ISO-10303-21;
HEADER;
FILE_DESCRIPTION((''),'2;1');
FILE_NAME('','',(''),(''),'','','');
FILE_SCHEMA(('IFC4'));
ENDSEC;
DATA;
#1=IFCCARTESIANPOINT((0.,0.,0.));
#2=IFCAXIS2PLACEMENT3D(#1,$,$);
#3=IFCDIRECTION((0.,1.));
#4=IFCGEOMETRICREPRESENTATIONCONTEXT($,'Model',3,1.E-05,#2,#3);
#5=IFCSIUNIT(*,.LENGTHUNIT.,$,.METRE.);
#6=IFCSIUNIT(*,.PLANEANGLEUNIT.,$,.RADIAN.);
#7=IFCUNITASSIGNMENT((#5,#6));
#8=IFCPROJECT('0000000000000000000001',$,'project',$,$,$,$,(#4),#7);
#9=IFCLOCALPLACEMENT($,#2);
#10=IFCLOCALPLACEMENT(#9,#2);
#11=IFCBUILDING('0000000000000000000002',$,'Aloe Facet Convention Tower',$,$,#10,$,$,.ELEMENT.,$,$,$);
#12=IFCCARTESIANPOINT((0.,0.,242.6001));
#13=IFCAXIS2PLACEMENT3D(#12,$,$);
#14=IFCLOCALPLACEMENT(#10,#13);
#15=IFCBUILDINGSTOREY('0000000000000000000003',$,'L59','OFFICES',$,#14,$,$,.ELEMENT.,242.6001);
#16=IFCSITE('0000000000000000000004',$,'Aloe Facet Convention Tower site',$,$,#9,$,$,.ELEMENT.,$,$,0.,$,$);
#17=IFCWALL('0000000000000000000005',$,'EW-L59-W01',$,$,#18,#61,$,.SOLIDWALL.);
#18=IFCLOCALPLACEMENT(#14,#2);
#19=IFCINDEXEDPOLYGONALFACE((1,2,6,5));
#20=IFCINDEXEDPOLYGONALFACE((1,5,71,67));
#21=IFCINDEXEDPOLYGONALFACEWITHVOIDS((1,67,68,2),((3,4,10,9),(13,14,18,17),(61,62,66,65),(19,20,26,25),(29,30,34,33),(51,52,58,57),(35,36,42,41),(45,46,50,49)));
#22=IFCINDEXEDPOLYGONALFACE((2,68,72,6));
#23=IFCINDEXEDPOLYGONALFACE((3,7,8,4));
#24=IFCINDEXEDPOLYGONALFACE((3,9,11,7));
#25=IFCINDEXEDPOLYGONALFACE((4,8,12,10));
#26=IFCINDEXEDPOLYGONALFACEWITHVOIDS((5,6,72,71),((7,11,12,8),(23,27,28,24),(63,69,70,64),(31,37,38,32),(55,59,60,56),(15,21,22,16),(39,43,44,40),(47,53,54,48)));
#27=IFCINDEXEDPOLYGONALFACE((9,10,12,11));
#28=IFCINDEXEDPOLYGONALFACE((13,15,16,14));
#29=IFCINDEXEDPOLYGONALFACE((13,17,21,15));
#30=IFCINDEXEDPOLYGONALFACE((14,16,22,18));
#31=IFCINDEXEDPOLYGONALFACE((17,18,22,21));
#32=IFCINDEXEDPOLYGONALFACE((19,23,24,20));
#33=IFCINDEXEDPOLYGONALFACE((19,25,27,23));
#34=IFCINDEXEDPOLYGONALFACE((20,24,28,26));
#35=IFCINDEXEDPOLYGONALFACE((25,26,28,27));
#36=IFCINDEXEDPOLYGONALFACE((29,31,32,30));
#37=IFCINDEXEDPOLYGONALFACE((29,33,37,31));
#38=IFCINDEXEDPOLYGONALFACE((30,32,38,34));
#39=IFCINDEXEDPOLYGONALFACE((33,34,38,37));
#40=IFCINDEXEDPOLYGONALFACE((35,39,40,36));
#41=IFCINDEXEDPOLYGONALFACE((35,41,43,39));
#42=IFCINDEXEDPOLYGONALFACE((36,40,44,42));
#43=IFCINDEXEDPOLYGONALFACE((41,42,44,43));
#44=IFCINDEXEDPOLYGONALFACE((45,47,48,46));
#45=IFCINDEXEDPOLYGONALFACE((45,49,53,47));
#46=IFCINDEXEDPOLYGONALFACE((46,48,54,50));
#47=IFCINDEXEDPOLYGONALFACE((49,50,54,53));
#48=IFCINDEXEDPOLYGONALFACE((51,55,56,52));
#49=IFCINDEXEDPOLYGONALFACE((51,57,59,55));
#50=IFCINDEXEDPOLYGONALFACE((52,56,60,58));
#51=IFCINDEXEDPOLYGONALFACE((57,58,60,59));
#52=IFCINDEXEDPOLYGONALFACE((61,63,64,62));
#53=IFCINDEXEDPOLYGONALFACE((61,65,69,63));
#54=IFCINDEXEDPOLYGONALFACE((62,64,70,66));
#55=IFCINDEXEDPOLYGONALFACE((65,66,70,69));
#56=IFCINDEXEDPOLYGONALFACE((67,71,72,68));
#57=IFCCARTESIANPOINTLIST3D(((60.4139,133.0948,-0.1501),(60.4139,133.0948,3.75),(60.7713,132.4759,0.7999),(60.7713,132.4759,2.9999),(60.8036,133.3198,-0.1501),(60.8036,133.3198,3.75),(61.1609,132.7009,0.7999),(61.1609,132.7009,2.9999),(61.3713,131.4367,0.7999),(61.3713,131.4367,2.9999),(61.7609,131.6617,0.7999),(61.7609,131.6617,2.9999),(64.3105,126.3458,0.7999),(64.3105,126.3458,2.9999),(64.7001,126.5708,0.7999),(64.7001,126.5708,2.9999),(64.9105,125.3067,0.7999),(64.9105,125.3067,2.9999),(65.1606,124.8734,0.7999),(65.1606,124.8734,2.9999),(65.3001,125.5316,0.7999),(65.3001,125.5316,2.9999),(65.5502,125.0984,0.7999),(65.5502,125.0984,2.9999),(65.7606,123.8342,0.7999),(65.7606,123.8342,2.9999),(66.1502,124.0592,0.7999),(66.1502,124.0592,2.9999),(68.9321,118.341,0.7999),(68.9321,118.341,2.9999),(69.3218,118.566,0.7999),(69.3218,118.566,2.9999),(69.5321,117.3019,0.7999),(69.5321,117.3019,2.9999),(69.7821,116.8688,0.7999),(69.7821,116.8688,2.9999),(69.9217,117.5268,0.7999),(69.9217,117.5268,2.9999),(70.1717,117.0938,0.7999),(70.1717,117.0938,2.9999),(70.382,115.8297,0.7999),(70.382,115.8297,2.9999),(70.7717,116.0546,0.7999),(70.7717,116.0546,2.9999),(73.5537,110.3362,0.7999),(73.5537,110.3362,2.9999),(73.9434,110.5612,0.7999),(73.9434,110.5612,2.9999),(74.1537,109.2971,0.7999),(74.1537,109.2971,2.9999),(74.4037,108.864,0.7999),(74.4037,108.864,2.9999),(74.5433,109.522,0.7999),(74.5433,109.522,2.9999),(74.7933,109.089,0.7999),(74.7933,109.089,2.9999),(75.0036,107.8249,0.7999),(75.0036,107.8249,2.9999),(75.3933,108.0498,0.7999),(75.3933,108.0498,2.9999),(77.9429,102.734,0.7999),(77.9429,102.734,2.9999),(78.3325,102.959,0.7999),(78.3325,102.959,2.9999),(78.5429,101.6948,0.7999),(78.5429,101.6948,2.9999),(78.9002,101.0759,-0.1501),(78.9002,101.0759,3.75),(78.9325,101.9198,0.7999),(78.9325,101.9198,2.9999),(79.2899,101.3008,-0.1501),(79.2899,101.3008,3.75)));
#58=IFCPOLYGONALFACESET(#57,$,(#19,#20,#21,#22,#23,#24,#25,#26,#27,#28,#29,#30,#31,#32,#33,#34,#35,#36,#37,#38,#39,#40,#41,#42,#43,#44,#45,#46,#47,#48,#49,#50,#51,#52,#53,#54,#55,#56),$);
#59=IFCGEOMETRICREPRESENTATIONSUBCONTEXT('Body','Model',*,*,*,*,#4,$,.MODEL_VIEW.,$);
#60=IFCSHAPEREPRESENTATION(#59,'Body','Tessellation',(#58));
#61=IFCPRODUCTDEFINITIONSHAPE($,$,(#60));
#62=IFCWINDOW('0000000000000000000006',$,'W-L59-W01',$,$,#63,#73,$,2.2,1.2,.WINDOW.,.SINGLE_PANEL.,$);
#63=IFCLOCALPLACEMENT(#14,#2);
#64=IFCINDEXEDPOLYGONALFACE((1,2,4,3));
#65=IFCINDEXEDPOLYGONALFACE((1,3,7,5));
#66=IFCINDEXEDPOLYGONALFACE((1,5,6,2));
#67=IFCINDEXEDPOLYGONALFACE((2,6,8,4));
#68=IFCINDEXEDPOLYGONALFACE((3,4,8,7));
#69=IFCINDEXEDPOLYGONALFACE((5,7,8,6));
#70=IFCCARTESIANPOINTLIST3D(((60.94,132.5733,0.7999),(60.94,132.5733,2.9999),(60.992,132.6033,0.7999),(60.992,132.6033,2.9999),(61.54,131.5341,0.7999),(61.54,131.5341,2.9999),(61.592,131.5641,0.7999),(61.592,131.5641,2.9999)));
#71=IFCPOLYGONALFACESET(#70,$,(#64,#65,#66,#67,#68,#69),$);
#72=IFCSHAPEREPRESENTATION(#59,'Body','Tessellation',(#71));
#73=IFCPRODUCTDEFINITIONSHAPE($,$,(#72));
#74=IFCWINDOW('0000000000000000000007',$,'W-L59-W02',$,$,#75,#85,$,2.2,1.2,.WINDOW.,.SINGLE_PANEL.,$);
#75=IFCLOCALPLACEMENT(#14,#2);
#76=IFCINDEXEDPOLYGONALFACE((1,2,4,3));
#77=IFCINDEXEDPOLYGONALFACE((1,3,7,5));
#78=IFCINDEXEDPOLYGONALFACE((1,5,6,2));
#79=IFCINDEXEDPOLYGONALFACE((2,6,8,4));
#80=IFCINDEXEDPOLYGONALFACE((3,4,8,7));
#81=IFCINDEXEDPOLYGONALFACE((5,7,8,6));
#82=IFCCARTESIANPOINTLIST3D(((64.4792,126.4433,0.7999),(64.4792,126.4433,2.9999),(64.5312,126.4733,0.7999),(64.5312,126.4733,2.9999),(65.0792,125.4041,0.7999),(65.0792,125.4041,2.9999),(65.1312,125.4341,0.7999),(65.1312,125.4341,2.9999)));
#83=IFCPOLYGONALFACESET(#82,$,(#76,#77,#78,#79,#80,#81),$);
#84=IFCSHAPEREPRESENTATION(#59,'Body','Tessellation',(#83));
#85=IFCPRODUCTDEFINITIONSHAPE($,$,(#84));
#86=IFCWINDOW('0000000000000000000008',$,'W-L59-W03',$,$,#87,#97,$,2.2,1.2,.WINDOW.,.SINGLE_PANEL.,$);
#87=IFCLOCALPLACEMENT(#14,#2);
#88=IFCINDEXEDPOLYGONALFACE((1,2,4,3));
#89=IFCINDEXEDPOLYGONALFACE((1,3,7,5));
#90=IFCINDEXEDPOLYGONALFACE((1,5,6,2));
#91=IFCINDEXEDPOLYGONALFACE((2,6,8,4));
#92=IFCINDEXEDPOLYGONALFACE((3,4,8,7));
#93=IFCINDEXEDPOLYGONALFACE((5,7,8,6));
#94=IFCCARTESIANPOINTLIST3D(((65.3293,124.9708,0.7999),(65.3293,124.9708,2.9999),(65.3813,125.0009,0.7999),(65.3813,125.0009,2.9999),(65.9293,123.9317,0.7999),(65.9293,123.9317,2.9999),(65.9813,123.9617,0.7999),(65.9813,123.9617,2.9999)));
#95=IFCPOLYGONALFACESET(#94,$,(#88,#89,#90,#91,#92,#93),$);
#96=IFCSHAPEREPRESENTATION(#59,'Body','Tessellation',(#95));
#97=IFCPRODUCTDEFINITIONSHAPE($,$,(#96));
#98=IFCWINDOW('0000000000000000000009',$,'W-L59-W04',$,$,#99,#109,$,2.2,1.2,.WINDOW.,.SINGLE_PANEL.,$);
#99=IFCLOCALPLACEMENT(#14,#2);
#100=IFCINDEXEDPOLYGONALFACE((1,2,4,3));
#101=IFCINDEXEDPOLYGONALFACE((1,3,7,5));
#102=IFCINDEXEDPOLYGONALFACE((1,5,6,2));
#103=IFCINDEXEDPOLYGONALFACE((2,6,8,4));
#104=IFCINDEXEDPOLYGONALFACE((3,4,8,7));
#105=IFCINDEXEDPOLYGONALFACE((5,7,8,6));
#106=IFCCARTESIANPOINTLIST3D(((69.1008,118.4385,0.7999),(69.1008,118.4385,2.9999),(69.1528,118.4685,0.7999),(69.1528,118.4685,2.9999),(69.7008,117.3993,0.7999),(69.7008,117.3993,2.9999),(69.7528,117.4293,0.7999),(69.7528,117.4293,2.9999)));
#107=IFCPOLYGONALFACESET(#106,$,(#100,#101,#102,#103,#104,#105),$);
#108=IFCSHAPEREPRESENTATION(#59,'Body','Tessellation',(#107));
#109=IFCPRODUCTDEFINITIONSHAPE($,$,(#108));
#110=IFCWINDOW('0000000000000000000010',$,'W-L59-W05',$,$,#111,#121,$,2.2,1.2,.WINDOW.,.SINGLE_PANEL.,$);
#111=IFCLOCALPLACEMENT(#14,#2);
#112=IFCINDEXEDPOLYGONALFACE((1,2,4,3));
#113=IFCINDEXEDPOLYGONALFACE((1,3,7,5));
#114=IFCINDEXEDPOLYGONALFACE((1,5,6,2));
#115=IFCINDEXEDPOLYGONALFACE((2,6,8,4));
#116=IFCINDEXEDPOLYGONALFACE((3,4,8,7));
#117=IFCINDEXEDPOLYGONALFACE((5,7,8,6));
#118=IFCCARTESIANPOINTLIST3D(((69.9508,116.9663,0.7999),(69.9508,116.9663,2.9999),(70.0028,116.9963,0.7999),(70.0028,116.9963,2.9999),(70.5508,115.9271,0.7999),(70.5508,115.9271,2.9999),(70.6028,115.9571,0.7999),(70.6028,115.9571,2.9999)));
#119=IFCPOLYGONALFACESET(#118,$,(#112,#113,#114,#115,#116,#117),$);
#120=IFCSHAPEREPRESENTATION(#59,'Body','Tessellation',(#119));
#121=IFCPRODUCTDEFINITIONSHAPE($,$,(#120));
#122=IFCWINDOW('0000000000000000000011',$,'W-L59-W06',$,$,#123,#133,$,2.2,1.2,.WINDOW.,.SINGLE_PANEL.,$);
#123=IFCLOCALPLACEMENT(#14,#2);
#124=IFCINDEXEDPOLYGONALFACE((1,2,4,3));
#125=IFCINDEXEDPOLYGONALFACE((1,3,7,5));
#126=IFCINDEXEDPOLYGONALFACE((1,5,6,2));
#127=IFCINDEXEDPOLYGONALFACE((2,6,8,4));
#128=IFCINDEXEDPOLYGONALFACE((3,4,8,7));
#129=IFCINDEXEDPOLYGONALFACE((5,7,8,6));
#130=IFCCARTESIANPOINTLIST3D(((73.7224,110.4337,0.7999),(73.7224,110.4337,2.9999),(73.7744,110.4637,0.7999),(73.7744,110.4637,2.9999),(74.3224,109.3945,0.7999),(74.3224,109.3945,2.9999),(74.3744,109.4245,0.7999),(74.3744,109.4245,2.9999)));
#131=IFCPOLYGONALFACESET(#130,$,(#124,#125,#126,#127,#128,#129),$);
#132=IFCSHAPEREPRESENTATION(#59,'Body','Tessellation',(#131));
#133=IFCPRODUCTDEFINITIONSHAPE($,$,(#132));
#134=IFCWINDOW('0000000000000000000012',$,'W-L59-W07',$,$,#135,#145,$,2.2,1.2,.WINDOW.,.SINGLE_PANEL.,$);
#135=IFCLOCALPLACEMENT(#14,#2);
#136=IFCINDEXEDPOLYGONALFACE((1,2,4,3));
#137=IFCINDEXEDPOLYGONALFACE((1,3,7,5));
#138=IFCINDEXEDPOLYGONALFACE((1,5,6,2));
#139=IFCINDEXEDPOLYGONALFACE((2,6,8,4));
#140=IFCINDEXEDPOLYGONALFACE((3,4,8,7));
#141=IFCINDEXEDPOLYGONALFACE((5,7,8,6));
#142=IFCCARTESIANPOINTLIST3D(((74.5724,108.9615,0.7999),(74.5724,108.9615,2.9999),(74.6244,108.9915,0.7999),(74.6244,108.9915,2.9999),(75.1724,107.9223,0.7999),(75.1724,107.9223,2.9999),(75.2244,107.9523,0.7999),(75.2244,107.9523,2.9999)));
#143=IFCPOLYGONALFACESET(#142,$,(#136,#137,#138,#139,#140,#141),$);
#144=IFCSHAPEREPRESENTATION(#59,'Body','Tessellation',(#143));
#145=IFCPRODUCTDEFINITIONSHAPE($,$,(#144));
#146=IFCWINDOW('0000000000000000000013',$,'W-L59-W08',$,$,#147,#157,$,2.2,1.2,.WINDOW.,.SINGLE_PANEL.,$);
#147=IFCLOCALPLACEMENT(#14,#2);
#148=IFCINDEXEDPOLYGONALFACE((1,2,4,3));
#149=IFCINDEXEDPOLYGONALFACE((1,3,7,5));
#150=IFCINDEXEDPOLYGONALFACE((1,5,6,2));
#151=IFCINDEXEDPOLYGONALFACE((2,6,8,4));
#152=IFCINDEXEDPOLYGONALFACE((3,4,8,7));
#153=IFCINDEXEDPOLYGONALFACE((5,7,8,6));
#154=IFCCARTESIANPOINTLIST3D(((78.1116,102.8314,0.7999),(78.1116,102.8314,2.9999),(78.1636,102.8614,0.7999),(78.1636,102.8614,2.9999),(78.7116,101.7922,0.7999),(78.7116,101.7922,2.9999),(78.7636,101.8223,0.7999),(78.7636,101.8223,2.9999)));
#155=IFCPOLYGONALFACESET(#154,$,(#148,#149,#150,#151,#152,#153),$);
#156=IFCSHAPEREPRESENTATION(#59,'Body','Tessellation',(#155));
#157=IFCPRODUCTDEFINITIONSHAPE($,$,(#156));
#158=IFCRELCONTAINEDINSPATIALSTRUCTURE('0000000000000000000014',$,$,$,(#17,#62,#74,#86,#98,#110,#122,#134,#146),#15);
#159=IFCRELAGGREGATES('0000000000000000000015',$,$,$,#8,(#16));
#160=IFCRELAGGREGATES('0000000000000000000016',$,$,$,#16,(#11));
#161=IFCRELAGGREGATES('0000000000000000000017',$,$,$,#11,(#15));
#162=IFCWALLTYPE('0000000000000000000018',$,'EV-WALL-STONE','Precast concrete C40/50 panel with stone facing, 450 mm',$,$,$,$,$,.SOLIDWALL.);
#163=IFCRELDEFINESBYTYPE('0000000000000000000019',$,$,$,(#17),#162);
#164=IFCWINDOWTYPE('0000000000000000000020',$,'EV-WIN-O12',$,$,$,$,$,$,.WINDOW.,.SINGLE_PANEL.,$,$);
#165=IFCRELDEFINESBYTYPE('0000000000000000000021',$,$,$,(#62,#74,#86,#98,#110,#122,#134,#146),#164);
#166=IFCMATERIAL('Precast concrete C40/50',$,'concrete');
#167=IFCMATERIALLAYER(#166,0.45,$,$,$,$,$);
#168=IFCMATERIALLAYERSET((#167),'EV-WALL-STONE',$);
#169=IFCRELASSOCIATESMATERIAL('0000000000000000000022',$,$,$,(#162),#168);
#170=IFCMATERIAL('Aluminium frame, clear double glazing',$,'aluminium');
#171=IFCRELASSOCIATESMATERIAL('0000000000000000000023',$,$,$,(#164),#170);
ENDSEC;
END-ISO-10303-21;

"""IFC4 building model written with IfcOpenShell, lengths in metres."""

from ifc_helpers import new_model, si_unit, direction, frame, frame_2d, origin, place, context, subcontext, project, spatial, polyline, rectangle, outline, extrude, material, layer, layer_set, type_object, element, fill, save


model = new_model("IFC4")

# Units and contexts
model_context = context("Model", 3, precision=1e-05, world=origin(), true_north=direction((0.0, 1.0)))
body_context = subcontext(model_context, "Body", "Model", "MODEL_VIEW")
ifc_project = project(units=[si_unit("LENGTHUNIT", "METRE"), si_unit("PLANEANGLEUNIT", "RADIAN")], contexts=[model_context])

# Site, building, storey
site_placement = place(None, origin())
site = spatial("IfcSite", under=ifc_project, at=site_placement, Name="Aloe Facet Convention Tower site", CompositionType="ELEMENT", RefElevation=0.0)
building_placement = place(site_placement, origin())
building = spatial("IfcBuilding", under=site, at=building_placement, Name="Aloe Facet Convention Tower", CompositionType="ELEMENT")
storey_placement = place(building_placement, frame((0.0, 0.0, 242.6001)))
storey = spatial("IfcBuildingStorey", under=building, at=storey_placement, Name="L59", Description="OFFICES", CompositionType="ELEMENT", Elevation=242.6001)

# Wall, openings, windows
ifc_material_1 = material(Name="Precast concrete C40/50", Category="concrete")
ifc_layer_1 = layer(ifc_material_1, 0.45)
ifc_layer_set_1 = layer_set([ifc_layer_1], Name="EV-WALL-STONE")
wall_type_1 = type_object("IfcWallType", Name="EV-WALL-STONE", Description="Precast concrete C40/50 panel with stone facing, 450 mm", PredefinedType="SOLIDWALL", material=ifc_layer_set_1)
wall_1_placement = place(storey_placement, frame((60.6086, 133.2073, -0.1501), z_axis=(0.0, 0.0, 1.0), x_axis=(0.500003, -0.866024, 0.0)))
wall_1 = element("IfcWall", 1, at=wall_1_placement, inside=storey, type_object=wall_type_1, Name="EW-L59-W01", PredefinedType="SOLIDWALL", context=body_context, shape_type="SweptSolid", body=[
    extrude(outline(polyline([(36.9724, 0.0), (36.9724, 3.9001), (0.0, 3.9001), (0.0, 0.0), (36.9724, 0.0)])), frame((0.0, 0.2251, 0.0), z_axis=(0.0, -1.0, 0.0), x_axis=(1.0, 0.0, 0.0)), (0.0, 0.0, 1.0), 0.45),
])
opening_1_placement = place(wall_1_placement, frame((0.7146, 0.0, 0.95)))
opening_1 = element("IfcOpeningElement", 2, at=opening_1_placement, cuts=wall_1, PredefinedType="OPENING", context=body_context, shape_type="SweptSolid", body=[
    extrude(rectangle(XDim=1.2, YDim=2.2, at=frame_2d((0.6001, 1.1001))), frame((0.0, 0.2349, 0.0), z_axis=(0.0, -1.0, 0.0), x_axis=(1.0, 0.0, 0.0)), (0.0, 0.0, 1.0), 0.47),
])
opening_2_placement = place(wall_1_placement, frame((7.793, 0.0, 0.95)))
opening_2 = element("IfcOpeningElement", 3, at=opening_2_placement, cuts=wall_1, PredefinedType="OPENING", context=body_context, shape_type="SweptSolid", body=[
    extrude(rectangle(XDim=1.2, YDim=2.2, at=frame_2d((0.6001, 1.1001))), frame((0.0, 0.2349, 0.0), z_axis=(0.0, -1.0, 0.0), x_axis=(1.0, 0.0, 0.0)), (0.0, 0.0, 1.0), 0.47),
])
opening_3_placement = place(wall_1_placement, frame((9.4932, 0.0, 0.95)))
opening_3 = element("IfcOpeningElement", 4, at=opening_3_placement, cuts=wall_1, PredefinedType="OPENING", context=body_context, shape_type="SweptSolid", body=[
    extrude(rectangle(XDim=1.2, YDim=2.2, at=frame_2d((0.6001, 1.1001))), frame((0.0, 0.2349, 0.0), z_axis=(0.0, -1.0, 0.0), x_axis=(1.0, 0.0, 0.0)), (0.0, 0.0, 1.0), 0.47),
])
opening_4_placement = place(wall_1_placement, frame((17.0361, 0.0, 0.95)))
opening_4 = element("IfcOpeningElement", 5, at=opening_4_placement, cuts=wall_1, PredefinedType="OPENING", context=body_context, shape_type="SweptSolid", body=[
    extrude(rectangle(XDim=1.2, YDim=2.2, at=frame_2d((0.6001, 1.1001))), frame((0.0, 0.2349, 0.0), z_axis=(0.0, -1.0, 0.0), x_axis=(1.0, 0.0, 0.0)), (0.0, 0.0, 1.0), 0.47),
])
opening_5_placement = place(wall_1_placement, frame((18.7361, 0.0, 0.95)))
opening_5 = element("IfcOpeningElement", 6, at=opening_5_placement, cuts=wall_1, PredefinedType="OPENING", context=body_context, shape_type="SweptSolid", body=[
    extrude(rectangle(XDim=1.2, YDim=2.2, at=frame_2d((0.6001, 1.1001))), frame((0.0, 0.2349, 0.0), z_axis=(0.0, -1.0, 0.0), x_axis=(1.0, 0.0, 0.0)), (0.0, 0.0, 1.0), 0.47),
])
opening_6_placement = place(wall_1_placement, frame((26.2793, 0.0, 0.95)))
opening_6 = element("IfcOpeningElement", 7, at=opening_6_placement, cuts=wall_1, PredefinedType="OPENING", context=body_context, shape_type="SweptSolid", body=[
    extrude(rectangle(XDim=1.2, YDim=2.2, at=frame_2d((0.6001, 1.1001))), frame((0.0, 0.2349, 0.0), z_axis=(0.0, -1.0, 0.0), x_axis=(1.0, 0.0, 0.0)), (0.0, 0.0, 1.0), 0.47),
])
opening_7_placement = place(wall_1_placement, frame((27.9792, 0.0, 0.95)))
opening_7 = element("IfcOpeningElement", 8, at=opening_7_placement, cuts=wall_1, PredefinedType="OPENING", context=body_context, shape_type="SweptSolid", body=[
    extrude(rectangle(XDim=1.2, YDim=2.2, at=frame_2d((0.6001, 1.1001))), frame((0.0, 0.2349, 0.0), z_axis=(0.0, -1.0, 0.0), x_axis=(1.0, 0.0, 0.0)), (0.0, 0.0, 1.0), 0.47),
])
opening_8_placement = place(wall_1_placement, frame((35.0576, 0.0, 0.95)))
opening_8 = element("IfcOpeningElement", 9, at=opening_8_placement, cuts=wall_1, PredefinedType="OPENING", context=body_context, shape_type="SweptSolid", body=[
    extrude(rectangle(XDim=1.2, YDim=2.2, at=frame_2d((0.6001, 1.1001))), frame((0.0, 0.2349, 0.0), z_axis=(0.0, -1.0, 0.0), x_axis=(1.0, 0.0, 0.0)), (0.0, 0.0, 1.0), 0.47),
])
ifc_material_2 = material(Name="Aluminium frame, clear double glazing", Category="aluminium")
window_type = type_object("IfcWindowType", Name="EV-WIN-O12", PartitioningType="SINGLE_PANEL", PredefinedType="WINDOW", material=ifc_material_2)
window_1_placement = place(opening_1_placement, origin())
window_1 = element("IfcWindow", 10, at=window_1_placement, inside=storey, type_object=window_type, Name="W-L59-W01", OverallHeight=2.2, OverallWidth=1.2, PartitioningType="SINGLE_PANEL", PredefinedType="WINDOW", context=body_context, shape_type="SweptSolid", body=[
    extrude(rectangle(XDim=1.2, YDim=2.2, at=frame_2d((0.6001, 1.1001))), frame((0.0, 0.03, 0.0), z_axis=(0.0, -1.0, 0.0), x_axis=(1.0, 0.0, 0.0)), (0.0, 0.0, 1.0), 0.0601),
])
fill(opening_1, window_1)
window_2_placement = place(opening_2_placement, origin())
window_2 = element("IfcWindow", 11, at=window_2_placement, inside=storey, type_object=window_type, Name="W-L59-W02", OverallHeight=2.2, OverallWidth=1.2, PartitioningType="SINGLE_PANEL", PredefinedType="WINDOW", context=body_context, shape_type="SweptSolid", body=[
    extrude(rectangle(XDim=1.2, YDim=2.2, at=frame_2d((0.6001, 1.1001))), frame((0.0, 0.03, 0.0), z_axis=(0.0, -1.0, 0.0), x_axis=(1.0, 0.0, 0.0)), (0.0, 0.0, 1.0), 0.0601),
])
fill(opening_2, window_2)
window_3_placement = place(opening_3_placement, origin())
window_3 = element("IfcWindow", 12, at=window_3_placement, inside=storey, type_object=window_type, Name="W-L59-W03", OverallHeight=2.2, OverallWidth=1.2, PartitioningType="SINGLE_PANEL", PredefinedType="WINDOW", context=body_context, shape_type="SweptSolid", body=[
    extrude(rectangle(XDim=1.2, YDim=2.2, at=frame_2d((0.6001, 1.1001))), frame((0.0, 0.03, 0.0), z_axis=(0.0, -1.0, 0.0), x_axis=(1.0, 0.0, 0.0)), (0.0, 0.0, 1.0), 0.0601),
])
fill(opening_3, window_3)
window_4_placement = place(opening_4_placement, origin())
window_4 = element("IfcWindow", 13, at=window_4_placement, inside=storey, type_object=window_type, Name="W-L59-W04", OverallHeight=2.2, OverallWidth=1.2, PartitioningType="SINGLE_PANEL", PredefinedType="WINDOW", context=body_context, shape_type="SweptSolid", body=[
    extrude(rectangle(XDim=1.2, YDim=2.2, at=frame_2d((0.6001, 1.1001))), frame((0.0, 0.03, 0.0), z_axis=(0.0, -1.0, 0.0), x_axis=(1.0, 0.0, 0.0)), (0.0, 0.0, 1.0), 0.0601),
])
fill(opening_4, window_4)
window_5_placement = place(opening_5_placement, origin())
window_5 = element("IfcWindow", 14, at=window_5_placement, inside=storey, type_object=window_type, Name="W-L59-W05", OverallHeight=2.2, OverallWidth=1.2, PartitioningType="SINGLE_PANEL", PredefinedType="WINDOW", context=body_context, shape_type="SweptSolid", body=[
    extrude(rectangle(XDim=1.2, YDim=2.2, at=frame_2d((0.6001, 1.1001))), frame((0.0, 0.03, 0.0), z_axis=(0.0, -1.0, 0.0), x_axis=(1.0, 0.0, 0.0)), (0.0, 0.0, 1.0), 0.0601),
])
fill(opening_5, window_5)
window_6_placement = place(opening_6_placement, origin())
window_6 = element("IfcWindow", 15, at=window_6_placement, inside=storey, type_object=window_type, Name="W-L59-W06", OverallHeight=2.2, OverallWidth=1.2, PartitioningType="SINGLE_PANEL", PredefinedType="WINDOW", context=body_context, shape_type="SweptSolid", body=[
    extrude(rectangle(XDim=1.2, YDim=2.2, at=frame_2d((0.6001, 1.1001))), frame((0.0, 0.03, 0.0), z_axis=(0.0, -1.0, 0.0), x_axis=(1.0, 0.0, 0.0)), (0.0, 0.0, 1.0), 0.0601),
])
fill(opening_6, window_6)
window_7_placement = place(opening_7_placement, origin())
window_7 = element("IfcWindow", 16, at=window_7_placement, inside=storey, type_object=window_type, Name="W-L59-W07", OverallHeight=2.2, OverallWidth=1.2, PartitioningType="SINGLE_PANEL", PredefinedType="WINDOW", context=body_context, shape_type="SweptSolid", body=[
    extrude(rectangle(XDim=1.2, YDim=2.2, at=frame_2d((0.6001, 1.1001))), frame((0.0, 0.03, 0.0), z_axis=(0.0, -1.0, 0.0), x_axis=(1.0, 0.0, 0.0)), (0.0, 0.0, 1.0), 0.0601),
])
fill(opening_7, window_7)
window_8_placement = place(opening_8_placement, origin())
window_8 = element("IfcWindow", 17, at=window_8_placement, inside=storey, type_object=window_type, Name="W-L59-W08", OverallHeight=2.2, OverallWidth=1.2, PartitioningType="SINGLE_PANEL", PredefinedType="WINDOW", context=body_context, shape_type="SweptSolid", body=[
    extrude(rectangle(XDim=1.2, YDim=2.2, at=frame_2d((0.6001, 1.1001))), frame((0.0, 0.03, 0.0), z_axis=(0.0, -1.0, 0.0), x_axis=(1.0, 0.0, 0.0)), (0.0, 0.0, 1.0), 0.0601),
])
fill(opening_8, window_8)

save(model, "model.ifc")
